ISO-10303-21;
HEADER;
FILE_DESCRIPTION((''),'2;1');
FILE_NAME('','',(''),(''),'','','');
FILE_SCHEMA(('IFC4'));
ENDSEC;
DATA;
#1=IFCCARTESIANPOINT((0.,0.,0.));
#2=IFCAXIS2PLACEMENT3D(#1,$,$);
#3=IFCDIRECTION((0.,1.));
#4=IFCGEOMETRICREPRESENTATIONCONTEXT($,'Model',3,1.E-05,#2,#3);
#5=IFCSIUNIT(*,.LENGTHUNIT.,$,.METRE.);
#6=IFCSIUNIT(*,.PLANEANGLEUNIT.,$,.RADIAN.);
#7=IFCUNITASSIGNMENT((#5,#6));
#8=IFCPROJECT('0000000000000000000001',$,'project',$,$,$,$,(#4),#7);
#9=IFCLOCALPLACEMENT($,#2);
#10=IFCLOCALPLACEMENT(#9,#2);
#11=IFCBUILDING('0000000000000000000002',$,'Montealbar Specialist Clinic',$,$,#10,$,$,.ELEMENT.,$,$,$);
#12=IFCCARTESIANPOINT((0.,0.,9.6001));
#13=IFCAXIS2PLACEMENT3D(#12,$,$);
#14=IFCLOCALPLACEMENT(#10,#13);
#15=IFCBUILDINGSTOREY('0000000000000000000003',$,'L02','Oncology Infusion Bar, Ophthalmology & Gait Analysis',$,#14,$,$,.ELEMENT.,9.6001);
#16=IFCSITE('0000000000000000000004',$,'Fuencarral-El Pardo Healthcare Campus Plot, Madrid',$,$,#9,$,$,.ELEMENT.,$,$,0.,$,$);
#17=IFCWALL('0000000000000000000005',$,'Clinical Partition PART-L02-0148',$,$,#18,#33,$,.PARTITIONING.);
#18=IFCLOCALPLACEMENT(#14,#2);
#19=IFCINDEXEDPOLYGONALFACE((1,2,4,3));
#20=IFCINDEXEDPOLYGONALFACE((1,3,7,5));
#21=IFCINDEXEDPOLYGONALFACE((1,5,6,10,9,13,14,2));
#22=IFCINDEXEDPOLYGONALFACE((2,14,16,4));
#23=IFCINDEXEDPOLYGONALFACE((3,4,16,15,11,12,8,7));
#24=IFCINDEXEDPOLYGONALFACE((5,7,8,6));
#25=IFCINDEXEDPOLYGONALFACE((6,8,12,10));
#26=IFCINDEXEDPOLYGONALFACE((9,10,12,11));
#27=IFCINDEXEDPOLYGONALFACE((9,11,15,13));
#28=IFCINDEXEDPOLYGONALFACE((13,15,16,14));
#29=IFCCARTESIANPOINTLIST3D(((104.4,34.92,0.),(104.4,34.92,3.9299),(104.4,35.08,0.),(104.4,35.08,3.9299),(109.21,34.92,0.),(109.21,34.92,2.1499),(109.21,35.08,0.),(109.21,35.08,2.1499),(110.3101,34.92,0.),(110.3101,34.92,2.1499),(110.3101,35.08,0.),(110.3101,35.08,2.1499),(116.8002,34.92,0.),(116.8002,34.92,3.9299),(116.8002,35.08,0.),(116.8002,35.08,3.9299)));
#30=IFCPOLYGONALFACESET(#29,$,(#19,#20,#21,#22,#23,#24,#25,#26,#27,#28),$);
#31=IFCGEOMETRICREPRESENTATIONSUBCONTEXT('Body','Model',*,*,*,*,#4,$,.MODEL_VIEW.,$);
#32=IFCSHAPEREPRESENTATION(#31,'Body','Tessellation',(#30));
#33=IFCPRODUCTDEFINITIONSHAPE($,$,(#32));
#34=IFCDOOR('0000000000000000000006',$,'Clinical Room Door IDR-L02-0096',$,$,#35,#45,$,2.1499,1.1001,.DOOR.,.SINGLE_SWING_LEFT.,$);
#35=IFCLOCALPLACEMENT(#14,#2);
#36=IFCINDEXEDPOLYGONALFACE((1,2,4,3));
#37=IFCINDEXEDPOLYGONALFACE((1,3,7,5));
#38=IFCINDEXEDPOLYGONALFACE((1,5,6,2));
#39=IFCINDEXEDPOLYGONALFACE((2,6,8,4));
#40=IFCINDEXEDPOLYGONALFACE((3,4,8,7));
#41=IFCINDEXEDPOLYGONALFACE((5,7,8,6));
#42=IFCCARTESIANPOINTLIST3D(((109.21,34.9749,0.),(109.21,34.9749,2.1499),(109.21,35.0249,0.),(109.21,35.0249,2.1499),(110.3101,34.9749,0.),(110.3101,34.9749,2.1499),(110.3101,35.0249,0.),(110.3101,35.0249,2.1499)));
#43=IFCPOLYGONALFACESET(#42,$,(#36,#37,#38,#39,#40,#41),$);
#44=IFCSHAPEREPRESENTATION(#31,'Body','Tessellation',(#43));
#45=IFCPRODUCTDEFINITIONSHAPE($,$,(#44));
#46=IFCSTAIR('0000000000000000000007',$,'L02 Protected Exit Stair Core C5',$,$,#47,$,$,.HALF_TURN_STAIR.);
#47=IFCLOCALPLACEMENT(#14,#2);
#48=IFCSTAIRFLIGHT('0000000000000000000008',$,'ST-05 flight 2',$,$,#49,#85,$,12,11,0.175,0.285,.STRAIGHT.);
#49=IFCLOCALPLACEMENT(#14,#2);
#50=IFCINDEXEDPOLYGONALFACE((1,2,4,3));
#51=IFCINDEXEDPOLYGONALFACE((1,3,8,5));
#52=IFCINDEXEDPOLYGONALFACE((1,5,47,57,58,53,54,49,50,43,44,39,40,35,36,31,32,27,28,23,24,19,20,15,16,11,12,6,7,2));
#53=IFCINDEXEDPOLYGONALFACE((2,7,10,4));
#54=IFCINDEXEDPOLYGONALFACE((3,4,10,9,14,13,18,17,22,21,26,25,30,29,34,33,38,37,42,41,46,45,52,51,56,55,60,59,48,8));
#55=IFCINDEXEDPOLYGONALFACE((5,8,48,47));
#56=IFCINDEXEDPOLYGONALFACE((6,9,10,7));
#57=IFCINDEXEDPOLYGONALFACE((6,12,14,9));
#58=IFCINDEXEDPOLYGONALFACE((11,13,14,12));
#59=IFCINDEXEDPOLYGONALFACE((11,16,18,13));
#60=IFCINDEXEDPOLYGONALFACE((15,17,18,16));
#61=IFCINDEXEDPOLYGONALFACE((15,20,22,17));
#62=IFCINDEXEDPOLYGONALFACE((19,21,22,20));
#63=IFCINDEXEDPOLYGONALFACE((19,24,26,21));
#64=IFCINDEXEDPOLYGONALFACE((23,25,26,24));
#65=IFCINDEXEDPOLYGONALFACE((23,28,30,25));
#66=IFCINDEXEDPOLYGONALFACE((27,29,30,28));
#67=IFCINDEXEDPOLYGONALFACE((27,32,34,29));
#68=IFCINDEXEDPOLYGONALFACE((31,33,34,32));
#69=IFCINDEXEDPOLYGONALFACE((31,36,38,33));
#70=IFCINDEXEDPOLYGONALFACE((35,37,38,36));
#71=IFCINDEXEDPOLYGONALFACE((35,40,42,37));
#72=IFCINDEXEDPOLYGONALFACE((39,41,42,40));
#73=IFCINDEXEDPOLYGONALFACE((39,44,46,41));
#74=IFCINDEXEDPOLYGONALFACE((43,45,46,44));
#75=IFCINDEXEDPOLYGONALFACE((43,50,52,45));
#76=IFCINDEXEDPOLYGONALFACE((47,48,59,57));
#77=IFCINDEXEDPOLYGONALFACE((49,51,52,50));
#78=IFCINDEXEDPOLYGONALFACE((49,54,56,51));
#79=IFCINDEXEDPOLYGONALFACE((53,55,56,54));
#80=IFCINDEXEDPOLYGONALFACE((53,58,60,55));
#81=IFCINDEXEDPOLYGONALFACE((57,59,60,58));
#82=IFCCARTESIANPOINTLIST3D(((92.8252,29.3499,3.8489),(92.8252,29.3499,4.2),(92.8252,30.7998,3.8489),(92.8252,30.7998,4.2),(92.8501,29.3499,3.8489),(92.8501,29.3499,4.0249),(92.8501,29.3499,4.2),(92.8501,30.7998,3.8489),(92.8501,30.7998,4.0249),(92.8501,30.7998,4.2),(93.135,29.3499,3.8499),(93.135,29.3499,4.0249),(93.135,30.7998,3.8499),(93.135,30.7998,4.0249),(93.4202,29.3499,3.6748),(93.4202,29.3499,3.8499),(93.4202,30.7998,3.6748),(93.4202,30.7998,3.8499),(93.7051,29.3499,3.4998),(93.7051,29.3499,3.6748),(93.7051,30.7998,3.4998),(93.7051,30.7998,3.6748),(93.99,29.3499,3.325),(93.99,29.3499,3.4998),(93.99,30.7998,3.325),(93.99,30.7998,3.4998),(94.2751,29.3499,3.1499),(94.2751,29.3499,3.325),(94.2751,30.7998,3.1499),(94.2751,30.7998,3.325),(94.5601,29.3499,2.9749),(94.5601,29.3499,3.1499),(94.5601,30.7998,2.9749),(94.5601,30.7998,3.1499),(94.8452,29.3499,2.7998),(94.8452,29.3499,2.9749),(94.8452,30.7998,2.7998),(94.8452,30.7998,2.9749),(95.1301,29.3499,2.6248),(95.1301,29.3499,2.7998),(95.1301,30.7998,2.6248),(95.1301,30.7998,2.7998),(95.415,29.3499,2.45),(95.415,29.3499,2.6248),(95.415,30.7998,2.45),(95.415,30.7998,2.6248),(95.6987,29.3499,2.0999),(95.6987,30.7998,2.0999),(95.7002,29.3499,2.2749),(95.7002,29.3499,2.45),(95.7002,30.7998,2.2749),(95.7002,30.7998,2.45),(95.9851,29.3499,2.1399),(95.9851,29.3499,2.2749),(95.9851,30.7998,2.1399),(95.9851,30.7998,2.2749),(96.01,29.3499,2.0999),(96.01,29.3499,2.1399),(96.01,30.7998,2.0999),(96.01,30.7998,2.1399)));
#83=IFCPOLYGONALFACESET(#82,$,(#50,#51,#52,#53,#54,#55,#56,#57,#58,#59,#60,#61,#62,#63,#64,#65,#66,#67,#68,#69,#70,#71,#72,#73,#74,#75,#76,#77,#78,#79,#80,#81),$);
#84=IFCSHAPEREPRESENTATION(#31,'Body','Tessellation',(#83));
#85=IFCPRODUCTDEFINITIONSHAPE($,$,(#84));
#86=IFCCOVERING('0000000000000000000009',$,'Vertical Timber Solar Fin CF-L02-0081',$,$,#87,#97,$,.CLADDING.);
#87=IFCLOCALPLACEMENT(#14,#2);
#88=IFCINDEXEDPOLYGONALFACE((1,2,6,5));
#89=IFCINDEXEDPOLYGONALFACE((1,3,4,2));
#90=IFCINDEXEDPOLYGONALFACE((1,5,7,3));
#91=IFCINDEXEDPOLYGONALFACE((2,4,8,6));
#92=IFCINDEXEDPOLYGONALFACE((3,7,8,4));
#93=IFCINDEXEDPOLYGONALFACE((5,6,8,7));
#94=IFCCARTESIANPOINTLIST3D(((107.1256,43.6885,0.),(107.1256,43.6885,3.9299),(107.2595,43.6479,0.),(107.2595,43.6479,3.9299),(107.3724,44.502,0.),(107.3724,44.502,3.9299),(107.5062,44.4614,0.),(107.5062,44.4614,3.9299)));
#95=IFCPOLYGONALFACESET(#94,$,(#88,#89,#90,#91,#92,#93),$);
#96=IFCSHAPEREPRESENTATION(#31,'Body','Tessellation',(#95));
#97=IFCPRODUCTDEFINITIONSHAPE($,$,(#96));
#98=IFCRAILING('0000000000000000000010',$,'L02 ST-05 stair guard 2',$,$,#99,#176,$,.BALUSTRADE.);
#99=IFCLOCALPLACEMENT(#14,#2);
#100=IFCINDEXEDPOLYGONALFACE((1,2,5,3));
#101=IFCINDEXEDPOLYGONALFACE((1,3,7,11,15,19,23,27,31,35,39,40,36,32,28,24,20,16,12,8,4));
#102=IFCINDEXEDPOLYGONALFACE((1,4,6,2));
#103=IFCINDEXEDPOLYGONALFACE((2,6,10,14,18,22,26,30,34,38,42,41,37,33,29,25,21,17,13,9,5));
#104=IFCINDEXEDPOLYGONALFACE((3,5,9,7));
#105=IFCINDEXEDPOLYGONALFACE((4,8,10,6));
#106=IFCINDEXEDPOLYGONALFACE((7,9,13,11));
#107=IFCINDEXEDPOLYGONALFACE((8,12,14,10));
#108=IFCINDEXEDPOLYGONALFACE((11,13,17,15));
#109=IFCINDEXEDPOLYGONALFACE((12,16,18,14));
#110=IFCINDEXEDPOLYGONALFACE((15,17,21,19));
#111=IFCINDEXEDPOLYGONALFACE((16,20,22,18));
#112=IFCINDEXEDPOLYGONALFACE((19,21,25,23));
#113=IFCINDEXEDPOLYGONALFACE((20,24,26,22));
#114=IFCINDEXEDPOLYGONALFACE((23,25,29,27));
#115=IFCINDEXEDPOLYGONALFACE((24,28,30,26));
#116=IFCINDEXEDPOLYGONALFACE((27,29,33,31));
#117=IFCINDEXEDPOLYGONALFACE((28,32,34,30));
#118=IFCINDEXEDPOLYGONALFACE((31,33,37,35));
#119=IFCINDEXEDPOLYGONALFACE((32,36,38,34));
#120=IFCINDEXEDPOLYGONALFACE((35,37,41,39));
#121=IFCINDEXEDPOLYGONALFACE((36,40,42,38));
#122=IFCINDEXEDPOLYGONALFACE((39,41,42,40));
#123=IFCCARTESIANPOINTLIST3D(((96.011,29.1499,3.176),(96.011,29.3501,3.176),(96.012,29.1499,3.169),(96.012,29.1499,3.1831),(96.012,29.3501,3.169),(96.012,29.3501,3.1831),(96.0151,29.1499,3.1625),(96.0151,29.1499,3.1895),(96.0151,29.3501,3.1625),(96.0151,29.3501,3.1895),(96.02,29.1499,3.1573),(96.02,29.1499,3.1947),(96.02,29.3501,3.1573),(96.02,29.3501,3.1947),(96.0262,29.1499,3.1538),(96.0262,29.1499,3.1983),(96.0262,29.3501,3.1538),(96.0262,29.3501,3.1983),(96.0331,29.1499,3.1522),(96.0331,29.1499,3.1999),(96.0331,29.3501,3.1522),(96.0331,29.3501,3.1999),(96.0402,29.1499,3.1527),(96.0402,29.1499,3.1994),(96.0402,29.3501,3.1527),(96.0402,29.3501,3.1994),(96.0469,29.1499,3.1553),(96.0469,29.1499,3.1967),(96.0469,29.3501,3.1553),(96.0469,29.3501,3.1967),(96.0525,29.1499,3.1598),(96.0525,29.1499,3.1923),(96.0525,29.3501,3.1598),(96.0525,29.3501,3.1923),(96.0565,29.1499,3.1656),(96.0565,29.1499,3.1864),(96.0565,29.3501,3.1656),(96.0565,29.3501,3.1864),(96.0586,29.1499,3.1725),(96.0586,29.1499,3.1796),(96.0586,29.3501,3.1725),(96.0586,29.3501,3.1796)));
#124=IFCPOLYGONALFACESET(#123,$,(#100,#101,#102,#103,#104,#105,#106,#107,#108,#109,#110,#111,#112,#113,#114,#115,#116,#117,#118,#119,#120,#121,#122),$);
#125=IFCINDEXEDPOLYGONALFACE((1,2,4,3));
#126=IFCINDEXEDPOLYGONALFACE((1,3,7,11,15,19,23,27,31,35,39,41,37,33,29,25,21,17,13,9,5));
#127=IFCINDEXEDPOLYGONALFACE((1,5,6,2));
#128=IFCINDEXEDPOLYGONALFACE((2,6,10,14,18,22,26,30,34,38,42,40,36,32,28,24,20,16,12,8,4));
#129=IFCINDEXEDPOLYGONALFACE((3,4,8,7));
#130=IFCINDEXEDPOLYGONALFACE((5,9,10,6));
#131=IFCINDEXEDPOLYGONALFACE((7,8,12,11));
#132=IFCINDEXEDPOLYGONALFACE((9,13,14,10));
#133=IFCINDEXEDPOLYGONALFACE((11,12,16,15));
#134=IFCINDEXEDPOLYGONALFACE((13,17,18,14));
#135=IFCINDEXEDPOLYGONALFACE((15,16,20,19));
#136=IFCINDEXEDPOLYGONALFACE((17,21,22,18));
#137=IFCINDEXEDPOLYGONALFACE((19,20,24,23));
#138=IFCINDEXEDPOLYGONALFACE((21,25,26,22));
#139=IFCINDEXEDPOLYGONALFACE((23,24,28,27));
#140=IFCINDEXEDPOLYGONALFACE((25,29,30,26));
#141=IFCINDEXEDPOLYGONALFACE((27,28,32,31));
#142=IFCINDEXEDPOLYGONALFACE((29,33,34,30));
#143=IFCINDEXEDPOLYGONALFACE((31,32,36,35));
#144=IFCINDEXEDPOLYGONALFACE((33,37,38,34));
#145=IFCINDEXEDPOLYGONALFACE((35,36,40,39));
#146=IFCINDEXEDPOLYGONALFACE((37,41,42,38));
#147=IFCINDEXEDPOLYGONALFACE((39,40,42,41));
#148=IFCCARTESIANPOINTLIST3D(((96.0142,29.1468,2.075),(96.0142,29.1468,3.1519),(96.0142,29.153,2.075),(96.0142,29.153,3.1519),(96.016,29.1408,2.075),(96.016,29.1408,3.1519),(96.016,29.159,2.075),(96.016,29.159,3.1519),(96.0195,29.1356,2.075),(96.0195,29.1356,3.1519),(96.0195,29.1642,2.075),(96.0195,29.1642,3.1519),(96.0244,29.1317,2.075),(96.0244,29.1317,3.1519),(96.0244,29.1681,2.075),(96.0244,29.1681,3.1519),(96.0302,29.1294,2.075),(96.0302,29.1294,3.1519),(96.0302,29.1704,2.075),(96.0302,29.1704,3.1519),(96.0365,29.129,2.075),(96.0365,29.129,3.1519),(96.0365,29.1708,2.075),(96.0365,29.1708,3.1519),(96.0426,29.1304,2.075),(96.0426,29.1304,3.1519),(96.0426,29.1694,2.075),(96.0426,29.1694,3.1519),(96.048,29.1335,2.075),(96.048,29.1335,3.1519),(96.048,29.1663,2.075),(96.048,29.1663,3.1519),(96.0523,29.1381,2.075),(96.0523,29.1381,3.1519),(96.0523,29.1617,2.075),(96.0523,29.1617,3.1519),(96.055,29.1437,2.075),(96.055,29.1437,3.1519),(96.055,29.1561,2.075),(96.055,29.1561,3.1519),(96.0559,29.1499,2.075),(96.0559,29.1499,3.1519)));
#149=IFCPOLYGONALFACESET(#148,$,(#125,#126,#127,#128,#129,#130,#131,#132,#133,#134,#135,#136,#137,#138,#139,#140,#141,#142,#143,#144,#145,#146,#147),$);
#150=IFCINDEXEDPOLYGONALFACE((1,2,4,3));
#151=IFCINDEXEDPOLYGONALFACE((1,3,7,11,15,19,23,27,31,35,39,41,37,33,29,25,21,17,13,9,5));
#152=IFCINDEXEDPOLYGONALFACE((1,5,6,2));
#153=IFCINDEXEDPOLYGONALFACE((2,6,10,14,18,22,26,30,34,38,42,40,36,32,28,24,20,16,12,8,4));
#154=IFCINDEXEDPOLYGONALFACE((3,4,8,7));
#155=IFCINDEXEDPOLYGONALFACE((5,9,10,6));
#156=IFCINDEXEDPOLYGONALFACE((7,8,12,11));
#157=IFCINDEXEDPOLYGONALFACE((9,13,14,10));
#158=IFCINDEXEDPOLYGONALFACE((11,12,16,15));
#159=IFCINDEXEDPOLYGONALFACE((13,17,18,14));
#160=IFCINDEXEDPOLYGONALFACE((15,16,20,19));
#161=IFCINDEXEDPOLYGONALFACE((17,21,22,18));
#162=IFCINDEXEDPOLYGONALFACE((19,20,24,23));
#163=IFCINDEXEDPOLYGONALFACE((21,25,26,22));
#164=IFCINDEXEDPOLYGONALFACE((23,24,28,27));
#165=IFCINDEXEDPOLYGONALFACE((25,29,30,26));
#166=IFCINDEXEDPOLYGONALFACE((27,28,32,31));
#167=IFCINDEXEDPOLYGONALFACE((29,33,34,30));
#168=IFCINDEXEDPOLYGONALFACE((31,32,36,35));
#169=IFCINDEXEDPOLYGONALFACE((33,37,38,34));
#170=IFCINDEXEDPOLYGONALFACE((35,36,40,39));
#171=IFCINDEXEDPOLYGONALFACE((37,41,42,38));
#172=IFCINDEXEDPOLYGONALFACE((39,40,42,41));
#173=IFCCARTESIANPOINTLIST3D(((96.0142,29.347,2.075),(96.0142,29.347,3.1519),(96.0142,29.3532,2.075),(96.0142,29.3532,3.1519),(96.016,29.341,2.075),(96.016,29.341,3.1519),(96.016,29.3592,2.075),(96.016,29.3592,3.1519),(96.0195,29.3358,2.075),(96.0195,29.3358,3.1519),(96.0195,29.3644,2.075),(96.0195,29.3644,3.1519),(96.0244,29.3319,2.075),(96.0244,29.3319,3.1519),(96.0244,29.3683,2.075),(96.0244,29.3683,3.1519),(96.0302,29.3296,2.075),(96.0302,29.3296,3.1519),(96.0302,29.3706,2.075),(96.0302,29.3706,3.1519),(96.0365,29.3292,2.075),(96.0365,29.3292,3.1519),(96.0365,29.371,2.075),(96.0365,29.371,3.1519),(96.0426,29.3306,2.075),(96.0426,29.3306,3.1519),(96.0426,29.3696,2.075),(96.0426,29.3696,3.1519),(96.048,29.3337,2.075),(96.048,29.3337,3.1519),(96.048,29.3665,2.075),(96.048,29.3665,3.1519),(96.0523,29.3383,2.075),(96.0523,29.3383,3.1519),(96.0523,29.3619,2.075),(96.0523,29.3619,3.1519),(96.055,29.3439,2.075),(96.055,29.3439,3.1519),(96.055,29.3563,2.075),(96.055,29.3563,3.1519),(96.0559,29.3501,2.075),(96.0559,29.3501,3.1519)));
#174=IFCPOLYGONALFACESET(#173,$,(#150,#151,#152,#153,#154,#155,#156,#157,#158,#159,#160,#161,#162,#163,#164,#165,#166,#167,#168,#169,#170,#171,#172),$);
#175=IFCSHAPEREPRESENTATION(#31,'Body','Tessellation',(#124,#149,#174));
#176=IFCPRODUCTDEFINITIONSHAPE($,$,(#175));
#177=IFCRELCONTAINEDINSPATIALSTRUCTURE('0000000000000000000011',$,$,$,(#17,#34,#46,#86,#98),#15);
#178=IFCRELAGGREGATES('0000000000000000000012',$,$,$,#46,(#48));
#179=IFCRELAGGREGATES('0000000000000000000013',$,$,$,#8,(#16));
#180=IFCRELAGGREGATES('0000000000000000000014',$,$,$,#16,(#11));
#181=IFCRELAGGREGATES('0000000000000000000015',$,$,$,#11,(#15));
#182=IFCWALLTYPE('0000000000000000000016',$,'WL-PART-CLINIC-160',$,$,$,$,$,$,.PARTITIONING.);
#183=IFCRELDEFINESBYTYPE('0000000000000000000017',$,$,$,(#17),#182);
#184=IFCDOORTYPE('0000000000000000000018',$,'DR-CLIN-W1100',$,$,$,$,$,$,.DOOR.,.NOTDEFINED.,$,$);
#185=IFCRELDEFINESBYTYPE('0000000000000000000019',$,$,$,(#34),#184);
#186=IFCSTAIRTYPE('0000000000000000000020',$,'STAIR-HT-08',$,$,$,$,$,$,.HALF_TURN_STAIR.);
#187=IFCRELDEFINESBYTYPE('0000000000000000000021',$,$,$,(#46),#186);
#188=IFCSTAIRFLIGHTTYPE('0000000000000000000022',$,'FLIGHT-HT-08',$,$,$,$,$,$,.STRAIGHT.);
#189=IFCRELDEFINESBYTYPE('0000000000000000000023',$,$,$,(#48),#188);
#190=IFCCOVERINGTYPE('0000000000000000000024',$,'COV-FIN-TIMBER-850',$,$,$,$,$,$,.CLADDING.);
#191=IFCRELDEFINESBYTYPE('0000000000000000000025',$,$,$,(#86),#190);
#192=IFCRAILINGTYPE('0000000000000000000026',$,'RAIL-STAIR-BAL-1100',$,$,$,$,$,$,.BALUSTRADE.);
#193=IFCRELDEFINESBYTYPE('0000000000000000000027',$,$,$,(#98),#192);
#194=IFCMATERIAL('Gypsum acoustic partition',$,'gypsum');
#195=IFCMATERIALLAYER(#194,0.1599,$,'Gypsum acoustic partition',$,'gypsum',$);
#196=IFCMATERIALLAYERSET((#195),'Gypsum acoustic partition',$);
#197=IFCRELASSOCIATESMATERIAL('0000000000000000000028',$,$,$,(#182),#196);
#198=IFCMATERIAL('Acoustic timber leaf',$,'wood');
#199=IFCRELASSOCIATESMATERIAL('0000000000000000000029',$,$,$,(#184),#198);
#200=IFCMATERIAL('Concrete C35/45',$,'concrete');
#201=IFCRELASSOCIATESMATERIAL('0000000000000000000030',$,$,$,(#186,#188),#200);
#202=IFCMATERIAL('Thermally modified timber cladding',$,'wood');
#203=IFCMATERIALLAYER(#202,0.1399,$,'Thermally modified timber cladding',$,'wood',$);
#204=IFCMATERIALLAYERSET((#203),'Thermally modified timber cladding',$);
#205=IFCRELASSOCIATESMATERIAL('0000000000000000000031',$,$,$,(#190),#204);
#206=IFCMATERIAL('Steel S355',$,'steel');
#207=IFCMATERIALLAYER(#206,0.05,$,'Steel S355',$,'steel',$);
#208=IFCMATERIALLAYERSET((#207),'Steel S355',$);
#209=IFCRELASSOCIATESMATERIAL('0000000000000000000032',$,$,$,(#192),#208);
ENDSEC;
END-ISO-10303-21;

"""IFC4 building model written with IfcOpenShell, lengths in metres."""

from ifc_helpers import new_model, si_unit, direction, frame, frame_2d, origin, origin_2d, place, context, subcontext, project, spatial, polyline, rectangle, circle, outline, extrude, material, layer, layer_set, type_object, element, fill, aggregate, save


model = new_model("IFC4")

# Units and contexts
model_context = context("Model", 3, precision=1e-05, world=origin(), true_north=direction((0.0, 1.0)))
body_context = subcontext(model_context, "Body", "Model", "MODEL_VIEW")
ifc_project = project(units=[si_unit("LENGTHUNIT", "METRE"), si_unit("PLANEANGLEUNIT", "RADIAN")], contexts=[model_context])

# Site, building, storey
site_placement = place(None, origin())
site = spatial("IfcSite", under=ifc_project, at=site_placement, Name="Fuencarral-El Pardo Healthcare Campus Plot, Madrid", CompositionType="ELEMENT", RefElevation=0.0)
building_placement = place(site_placement, origin())
building = spatial("IfcBuilding", under=site, at=building_placement, Name="Montealbar Specialist Clinic", CompositionType="ELEMENT")
storey_placement = place(building_placement, frame((0.0, 0.0, 9.6001)))
storey = spatial("IfcBuildingStorey", under=building, at=storey_placement, Name="L02", Description="Oncology Infusion Bar, Ophthalmology & Gait Analysis", CompositionType="ELEMENT", Elevation=9.6001)

# Shared definitions
ifc_material_1 = material(Name="Steel S355", Category="steel")

# Shared definitions
ifc_material_2 = material(Name="Concrete C35/45", Category="concrete")

# Wall, opening, door
ifc_material_3 = material(Name="Gypsum acoustic partition", Category="gypsum")
ifc_layer_1 = layer(ifc_material_3, 0.1599, Name="Gypsum acoustic partition", Category="gypsum")
ifc_layer_set_1 = layer_set([ifc_layer_1], Name="Gypsum acoustic partition")
wall_type_1 = type_object("IfcWallType", Name="WL-PART-CLINIC-160", PredefinedType="PARTITIONING", material=ifc_layer_set_1)
ifc_material_4 = material(Name="Acoustic timber leaf", Category="wood")
door_type_1 = type_object("IfcDoorType", Name="DR-CLIN-W1100", OperationType="NOTDEFINED", PredefinedType="DOOR", material=ifc_material_4)
wall_1_placement = place(storey_placement, frame((104.3999, 35.0, 0.0), z_axis=(0.0, 0.0, 1.0), x_axis=(1.0, 0.0, 0.0)))
wall_1 = element("IfcWall", 1, at=wall_1_placement, inside=storey, type_object=wall_type_1, Name="Clinical Partition PART-L02-0148", PredefinedType="PARTITIONING", context=body_context, shape_type="SweptSolid", body=[
    extrude(rectangle(XDim=12.4001, YDim=0.1599, at=frame_2d((6.2002, 0.0))), origin(), (0.0, 0.0, 1.0), 3.9299),
])
opening_1_placement = place(wall_1_placement, frame((4.8101, 0.0, 0.0)))
opening_1 = element("IfcOpeningElement", 2, at=opening_1_placement, cuts=wall_1, PredefinedType="OPENING", context=body_context, shape_type="SweptSolid", body=[
    extrude(rectangle(XDim=1.1001, YDim=2.1499, at=frame_2d((0.55, 1.075))), frame((0.0, 0.0898, 0.0), z_axis=(0.0, -1.0, 0.0), x_axis=(1.0, 0.0, 0.0)), (0.0, 0.0, 1.0), 0.1799),
])
door_1_placement = place(opening_1_placement, origin())
door_1 = element("IfcDoor", 3, at=door_1_placement, inside=storey, type_object=door_type_1, Name="Clinical Room Door IDR-L02-0096", OperationType="SINGLE_SWING_LEFT", OverallHeight=2.1499, OverallWidth=1.1001, PredefinedType="DOOR", context=body_context, shape_type="SweptSolid", body=[
    extrude(rectangle(XDim=1.1001, YDim=2.1499, at=frame_2d((0.55, 1.075))), frame((0.0, 0.0249, 0.0), z_axis=(0.0, -1.0, 0.0), x_axis=(1.0, 0.0, 0.0)), (0.0, 0.0, 1.0), 0.05),
])
fill(opening_1, door_1)

# Stair, stair flight
stair_type = type_object("IfcStairType", Name="STAIR-HT-08", PredefinedType="HALF_TURN_STAIR", material=ifc_material_2)
stair_placement = place(storey_placement, origin())
stair = element("IfcStair", 4, at=stair_placement, inside=storey, type_object=stair_type, Name="L02 Protected Exit Stair Core C5", PredefinedType="HALF_TURN_STAIR")
stair_flight_type = type_object("IfcStairFlightType", Name="FLIGHT-HT-08", PredefinedType="STRAIGHT", material=ifc_material_2)
stair_flight_placement = place(storey_placement, frame((95.9851, 30.075, 2.0999), z_axis=(0.0, 0.0, 1.0), x_axis=(-1.0, 0.0, 0.0)))
stair_flight = element("IfcStairFlight", 5, at=stair_flight_placement, type_object=stair_flight_type, Name="ST-05 flight 2", NumberOfRisers=12, NumberOfTreads=11, PredefinedType="STRAIGHT", RiserHeight=0.175, TreadLength=0.285, context=body_context, shape_type="SweptSolid", body=[
    extrude(outline(polyline([(-0.0249, 0.0), (-0.0249, 0.04), (0.0, 0.04), (0.0, 0.175), (0.2849, 0.175), (0.2849, 0.3501), (0.5701, 0.3501), (0.5701, 0.5249), (0.855, 0.5249), (0.855, 0.7), (1.1399, 0.7), (1.1399, 0.875), (1.425, 0.875), (1.425, 1.05), (1.71, 1.05), (1.71, 1.2251), (1.9951, 1.2251), (1.9951, 1.3999), (2.28, 1.3999), (2.28, 1.575), (2.5649, 1.575), (2.5649, 1.75), (2.8501, 1.75), (2.8501, 1.925), (3.135, 1.925), (3.135, 2.1001), (3.1599, 2.1001), (3.1599, 1.749), (3.135, 1.749), (0.2864, 0.0), (-0.0249, 0.0)])), frame((0.0, 0.7251, 0.0), z_axis=(0.0, -1.0, 0.0), x_axis=(1.0, 0.0, 0.0)), (0.0, 0.0, 1.0), 1.45),
])
aggregate(stair, [stair_flight])

# Covering
ifc_material_5 = material(Name="Thermally modified timber cladding", Category="wood")
ifc_layer_2 = layer(ifc_material_5, 0.1399, Name="Thermally modified timber cladding", Category="wood")
ifc_layer_set_2 = layer_set([ifc_layer_2], Name="Thermally modified timber cladding")
covering_type = type_object("IfcCoveringType", Name="COV-FIN-TIMBER-850", PredefinedType="CLADDING", material=ifc_layer_set_2)
covering_placement = place(storey_placement, frame((107.3159, 44.075, 0.0), z_axis=(0.0, 0.0, 1.0), x_axis=(0.290259, 0.956948, 0.0)))
element("IfcCovering", 6, at=covering_placement, inside=storey, type_object=covering_type, Name="Vertical Timber Solar Fin CF-L02-0081", PredefinedType="CLADDING", context=body_context, shape_type="SweptSolid", body=[
    extrude(rectangle(XDim=0.8501, YDim=0.1399, at=origin_2d()), origin(), (0.0, 0.0, 1.0), 3.9299),
])

# Railing
ifc_layer_3 = layer(ifc_material_1, 0.05, Name="Steel S355", Category="steel")
ifc_layer_set_3 = layer_set([ifc_layer_3], Name="Steel S355")
railing_type_1 = type_object("IfcRailingType", Name="RAIL-STAIR-BAL-1100", PredefinedType="BALUSTRADE", material=ifc_layer_set_3)
railing_1_placement = place(storey_placement, frame((96.0349, 29.1499, 2.0999)))
element("IfcRailing", 7, at=railing_1_placement, inside=storey, type_object=railing_type_1, Name="L02 ST-05 stair guard 2", PredefinedType="BALUSTRADE", context=body_context, shape_type="SweptSolid", body=[
    extrude(circle(Radius=0.0239, at=origin_2d()), frame((0.0, 0.0, 1.0762), z_axis=(0.0, 1.0, 0.0), x_axis=(-1.0, 0.0, 0.0)), (0.0, 0.0, 1.0), 0.2002),
    extrude(circle(Radius=0.021, at=origin_2d()), frame((0.0, 0.0, -0.0249)), (0.0, 0.0, 1.0), 1.0769),
    extrude(circle(Radius=0.021, at=origin_2d()), frame((0.0, 0.2002, -0.0249)), (0.0, 0.0, 1.0), 1.0769),
])

save(model, "model.ifc")
